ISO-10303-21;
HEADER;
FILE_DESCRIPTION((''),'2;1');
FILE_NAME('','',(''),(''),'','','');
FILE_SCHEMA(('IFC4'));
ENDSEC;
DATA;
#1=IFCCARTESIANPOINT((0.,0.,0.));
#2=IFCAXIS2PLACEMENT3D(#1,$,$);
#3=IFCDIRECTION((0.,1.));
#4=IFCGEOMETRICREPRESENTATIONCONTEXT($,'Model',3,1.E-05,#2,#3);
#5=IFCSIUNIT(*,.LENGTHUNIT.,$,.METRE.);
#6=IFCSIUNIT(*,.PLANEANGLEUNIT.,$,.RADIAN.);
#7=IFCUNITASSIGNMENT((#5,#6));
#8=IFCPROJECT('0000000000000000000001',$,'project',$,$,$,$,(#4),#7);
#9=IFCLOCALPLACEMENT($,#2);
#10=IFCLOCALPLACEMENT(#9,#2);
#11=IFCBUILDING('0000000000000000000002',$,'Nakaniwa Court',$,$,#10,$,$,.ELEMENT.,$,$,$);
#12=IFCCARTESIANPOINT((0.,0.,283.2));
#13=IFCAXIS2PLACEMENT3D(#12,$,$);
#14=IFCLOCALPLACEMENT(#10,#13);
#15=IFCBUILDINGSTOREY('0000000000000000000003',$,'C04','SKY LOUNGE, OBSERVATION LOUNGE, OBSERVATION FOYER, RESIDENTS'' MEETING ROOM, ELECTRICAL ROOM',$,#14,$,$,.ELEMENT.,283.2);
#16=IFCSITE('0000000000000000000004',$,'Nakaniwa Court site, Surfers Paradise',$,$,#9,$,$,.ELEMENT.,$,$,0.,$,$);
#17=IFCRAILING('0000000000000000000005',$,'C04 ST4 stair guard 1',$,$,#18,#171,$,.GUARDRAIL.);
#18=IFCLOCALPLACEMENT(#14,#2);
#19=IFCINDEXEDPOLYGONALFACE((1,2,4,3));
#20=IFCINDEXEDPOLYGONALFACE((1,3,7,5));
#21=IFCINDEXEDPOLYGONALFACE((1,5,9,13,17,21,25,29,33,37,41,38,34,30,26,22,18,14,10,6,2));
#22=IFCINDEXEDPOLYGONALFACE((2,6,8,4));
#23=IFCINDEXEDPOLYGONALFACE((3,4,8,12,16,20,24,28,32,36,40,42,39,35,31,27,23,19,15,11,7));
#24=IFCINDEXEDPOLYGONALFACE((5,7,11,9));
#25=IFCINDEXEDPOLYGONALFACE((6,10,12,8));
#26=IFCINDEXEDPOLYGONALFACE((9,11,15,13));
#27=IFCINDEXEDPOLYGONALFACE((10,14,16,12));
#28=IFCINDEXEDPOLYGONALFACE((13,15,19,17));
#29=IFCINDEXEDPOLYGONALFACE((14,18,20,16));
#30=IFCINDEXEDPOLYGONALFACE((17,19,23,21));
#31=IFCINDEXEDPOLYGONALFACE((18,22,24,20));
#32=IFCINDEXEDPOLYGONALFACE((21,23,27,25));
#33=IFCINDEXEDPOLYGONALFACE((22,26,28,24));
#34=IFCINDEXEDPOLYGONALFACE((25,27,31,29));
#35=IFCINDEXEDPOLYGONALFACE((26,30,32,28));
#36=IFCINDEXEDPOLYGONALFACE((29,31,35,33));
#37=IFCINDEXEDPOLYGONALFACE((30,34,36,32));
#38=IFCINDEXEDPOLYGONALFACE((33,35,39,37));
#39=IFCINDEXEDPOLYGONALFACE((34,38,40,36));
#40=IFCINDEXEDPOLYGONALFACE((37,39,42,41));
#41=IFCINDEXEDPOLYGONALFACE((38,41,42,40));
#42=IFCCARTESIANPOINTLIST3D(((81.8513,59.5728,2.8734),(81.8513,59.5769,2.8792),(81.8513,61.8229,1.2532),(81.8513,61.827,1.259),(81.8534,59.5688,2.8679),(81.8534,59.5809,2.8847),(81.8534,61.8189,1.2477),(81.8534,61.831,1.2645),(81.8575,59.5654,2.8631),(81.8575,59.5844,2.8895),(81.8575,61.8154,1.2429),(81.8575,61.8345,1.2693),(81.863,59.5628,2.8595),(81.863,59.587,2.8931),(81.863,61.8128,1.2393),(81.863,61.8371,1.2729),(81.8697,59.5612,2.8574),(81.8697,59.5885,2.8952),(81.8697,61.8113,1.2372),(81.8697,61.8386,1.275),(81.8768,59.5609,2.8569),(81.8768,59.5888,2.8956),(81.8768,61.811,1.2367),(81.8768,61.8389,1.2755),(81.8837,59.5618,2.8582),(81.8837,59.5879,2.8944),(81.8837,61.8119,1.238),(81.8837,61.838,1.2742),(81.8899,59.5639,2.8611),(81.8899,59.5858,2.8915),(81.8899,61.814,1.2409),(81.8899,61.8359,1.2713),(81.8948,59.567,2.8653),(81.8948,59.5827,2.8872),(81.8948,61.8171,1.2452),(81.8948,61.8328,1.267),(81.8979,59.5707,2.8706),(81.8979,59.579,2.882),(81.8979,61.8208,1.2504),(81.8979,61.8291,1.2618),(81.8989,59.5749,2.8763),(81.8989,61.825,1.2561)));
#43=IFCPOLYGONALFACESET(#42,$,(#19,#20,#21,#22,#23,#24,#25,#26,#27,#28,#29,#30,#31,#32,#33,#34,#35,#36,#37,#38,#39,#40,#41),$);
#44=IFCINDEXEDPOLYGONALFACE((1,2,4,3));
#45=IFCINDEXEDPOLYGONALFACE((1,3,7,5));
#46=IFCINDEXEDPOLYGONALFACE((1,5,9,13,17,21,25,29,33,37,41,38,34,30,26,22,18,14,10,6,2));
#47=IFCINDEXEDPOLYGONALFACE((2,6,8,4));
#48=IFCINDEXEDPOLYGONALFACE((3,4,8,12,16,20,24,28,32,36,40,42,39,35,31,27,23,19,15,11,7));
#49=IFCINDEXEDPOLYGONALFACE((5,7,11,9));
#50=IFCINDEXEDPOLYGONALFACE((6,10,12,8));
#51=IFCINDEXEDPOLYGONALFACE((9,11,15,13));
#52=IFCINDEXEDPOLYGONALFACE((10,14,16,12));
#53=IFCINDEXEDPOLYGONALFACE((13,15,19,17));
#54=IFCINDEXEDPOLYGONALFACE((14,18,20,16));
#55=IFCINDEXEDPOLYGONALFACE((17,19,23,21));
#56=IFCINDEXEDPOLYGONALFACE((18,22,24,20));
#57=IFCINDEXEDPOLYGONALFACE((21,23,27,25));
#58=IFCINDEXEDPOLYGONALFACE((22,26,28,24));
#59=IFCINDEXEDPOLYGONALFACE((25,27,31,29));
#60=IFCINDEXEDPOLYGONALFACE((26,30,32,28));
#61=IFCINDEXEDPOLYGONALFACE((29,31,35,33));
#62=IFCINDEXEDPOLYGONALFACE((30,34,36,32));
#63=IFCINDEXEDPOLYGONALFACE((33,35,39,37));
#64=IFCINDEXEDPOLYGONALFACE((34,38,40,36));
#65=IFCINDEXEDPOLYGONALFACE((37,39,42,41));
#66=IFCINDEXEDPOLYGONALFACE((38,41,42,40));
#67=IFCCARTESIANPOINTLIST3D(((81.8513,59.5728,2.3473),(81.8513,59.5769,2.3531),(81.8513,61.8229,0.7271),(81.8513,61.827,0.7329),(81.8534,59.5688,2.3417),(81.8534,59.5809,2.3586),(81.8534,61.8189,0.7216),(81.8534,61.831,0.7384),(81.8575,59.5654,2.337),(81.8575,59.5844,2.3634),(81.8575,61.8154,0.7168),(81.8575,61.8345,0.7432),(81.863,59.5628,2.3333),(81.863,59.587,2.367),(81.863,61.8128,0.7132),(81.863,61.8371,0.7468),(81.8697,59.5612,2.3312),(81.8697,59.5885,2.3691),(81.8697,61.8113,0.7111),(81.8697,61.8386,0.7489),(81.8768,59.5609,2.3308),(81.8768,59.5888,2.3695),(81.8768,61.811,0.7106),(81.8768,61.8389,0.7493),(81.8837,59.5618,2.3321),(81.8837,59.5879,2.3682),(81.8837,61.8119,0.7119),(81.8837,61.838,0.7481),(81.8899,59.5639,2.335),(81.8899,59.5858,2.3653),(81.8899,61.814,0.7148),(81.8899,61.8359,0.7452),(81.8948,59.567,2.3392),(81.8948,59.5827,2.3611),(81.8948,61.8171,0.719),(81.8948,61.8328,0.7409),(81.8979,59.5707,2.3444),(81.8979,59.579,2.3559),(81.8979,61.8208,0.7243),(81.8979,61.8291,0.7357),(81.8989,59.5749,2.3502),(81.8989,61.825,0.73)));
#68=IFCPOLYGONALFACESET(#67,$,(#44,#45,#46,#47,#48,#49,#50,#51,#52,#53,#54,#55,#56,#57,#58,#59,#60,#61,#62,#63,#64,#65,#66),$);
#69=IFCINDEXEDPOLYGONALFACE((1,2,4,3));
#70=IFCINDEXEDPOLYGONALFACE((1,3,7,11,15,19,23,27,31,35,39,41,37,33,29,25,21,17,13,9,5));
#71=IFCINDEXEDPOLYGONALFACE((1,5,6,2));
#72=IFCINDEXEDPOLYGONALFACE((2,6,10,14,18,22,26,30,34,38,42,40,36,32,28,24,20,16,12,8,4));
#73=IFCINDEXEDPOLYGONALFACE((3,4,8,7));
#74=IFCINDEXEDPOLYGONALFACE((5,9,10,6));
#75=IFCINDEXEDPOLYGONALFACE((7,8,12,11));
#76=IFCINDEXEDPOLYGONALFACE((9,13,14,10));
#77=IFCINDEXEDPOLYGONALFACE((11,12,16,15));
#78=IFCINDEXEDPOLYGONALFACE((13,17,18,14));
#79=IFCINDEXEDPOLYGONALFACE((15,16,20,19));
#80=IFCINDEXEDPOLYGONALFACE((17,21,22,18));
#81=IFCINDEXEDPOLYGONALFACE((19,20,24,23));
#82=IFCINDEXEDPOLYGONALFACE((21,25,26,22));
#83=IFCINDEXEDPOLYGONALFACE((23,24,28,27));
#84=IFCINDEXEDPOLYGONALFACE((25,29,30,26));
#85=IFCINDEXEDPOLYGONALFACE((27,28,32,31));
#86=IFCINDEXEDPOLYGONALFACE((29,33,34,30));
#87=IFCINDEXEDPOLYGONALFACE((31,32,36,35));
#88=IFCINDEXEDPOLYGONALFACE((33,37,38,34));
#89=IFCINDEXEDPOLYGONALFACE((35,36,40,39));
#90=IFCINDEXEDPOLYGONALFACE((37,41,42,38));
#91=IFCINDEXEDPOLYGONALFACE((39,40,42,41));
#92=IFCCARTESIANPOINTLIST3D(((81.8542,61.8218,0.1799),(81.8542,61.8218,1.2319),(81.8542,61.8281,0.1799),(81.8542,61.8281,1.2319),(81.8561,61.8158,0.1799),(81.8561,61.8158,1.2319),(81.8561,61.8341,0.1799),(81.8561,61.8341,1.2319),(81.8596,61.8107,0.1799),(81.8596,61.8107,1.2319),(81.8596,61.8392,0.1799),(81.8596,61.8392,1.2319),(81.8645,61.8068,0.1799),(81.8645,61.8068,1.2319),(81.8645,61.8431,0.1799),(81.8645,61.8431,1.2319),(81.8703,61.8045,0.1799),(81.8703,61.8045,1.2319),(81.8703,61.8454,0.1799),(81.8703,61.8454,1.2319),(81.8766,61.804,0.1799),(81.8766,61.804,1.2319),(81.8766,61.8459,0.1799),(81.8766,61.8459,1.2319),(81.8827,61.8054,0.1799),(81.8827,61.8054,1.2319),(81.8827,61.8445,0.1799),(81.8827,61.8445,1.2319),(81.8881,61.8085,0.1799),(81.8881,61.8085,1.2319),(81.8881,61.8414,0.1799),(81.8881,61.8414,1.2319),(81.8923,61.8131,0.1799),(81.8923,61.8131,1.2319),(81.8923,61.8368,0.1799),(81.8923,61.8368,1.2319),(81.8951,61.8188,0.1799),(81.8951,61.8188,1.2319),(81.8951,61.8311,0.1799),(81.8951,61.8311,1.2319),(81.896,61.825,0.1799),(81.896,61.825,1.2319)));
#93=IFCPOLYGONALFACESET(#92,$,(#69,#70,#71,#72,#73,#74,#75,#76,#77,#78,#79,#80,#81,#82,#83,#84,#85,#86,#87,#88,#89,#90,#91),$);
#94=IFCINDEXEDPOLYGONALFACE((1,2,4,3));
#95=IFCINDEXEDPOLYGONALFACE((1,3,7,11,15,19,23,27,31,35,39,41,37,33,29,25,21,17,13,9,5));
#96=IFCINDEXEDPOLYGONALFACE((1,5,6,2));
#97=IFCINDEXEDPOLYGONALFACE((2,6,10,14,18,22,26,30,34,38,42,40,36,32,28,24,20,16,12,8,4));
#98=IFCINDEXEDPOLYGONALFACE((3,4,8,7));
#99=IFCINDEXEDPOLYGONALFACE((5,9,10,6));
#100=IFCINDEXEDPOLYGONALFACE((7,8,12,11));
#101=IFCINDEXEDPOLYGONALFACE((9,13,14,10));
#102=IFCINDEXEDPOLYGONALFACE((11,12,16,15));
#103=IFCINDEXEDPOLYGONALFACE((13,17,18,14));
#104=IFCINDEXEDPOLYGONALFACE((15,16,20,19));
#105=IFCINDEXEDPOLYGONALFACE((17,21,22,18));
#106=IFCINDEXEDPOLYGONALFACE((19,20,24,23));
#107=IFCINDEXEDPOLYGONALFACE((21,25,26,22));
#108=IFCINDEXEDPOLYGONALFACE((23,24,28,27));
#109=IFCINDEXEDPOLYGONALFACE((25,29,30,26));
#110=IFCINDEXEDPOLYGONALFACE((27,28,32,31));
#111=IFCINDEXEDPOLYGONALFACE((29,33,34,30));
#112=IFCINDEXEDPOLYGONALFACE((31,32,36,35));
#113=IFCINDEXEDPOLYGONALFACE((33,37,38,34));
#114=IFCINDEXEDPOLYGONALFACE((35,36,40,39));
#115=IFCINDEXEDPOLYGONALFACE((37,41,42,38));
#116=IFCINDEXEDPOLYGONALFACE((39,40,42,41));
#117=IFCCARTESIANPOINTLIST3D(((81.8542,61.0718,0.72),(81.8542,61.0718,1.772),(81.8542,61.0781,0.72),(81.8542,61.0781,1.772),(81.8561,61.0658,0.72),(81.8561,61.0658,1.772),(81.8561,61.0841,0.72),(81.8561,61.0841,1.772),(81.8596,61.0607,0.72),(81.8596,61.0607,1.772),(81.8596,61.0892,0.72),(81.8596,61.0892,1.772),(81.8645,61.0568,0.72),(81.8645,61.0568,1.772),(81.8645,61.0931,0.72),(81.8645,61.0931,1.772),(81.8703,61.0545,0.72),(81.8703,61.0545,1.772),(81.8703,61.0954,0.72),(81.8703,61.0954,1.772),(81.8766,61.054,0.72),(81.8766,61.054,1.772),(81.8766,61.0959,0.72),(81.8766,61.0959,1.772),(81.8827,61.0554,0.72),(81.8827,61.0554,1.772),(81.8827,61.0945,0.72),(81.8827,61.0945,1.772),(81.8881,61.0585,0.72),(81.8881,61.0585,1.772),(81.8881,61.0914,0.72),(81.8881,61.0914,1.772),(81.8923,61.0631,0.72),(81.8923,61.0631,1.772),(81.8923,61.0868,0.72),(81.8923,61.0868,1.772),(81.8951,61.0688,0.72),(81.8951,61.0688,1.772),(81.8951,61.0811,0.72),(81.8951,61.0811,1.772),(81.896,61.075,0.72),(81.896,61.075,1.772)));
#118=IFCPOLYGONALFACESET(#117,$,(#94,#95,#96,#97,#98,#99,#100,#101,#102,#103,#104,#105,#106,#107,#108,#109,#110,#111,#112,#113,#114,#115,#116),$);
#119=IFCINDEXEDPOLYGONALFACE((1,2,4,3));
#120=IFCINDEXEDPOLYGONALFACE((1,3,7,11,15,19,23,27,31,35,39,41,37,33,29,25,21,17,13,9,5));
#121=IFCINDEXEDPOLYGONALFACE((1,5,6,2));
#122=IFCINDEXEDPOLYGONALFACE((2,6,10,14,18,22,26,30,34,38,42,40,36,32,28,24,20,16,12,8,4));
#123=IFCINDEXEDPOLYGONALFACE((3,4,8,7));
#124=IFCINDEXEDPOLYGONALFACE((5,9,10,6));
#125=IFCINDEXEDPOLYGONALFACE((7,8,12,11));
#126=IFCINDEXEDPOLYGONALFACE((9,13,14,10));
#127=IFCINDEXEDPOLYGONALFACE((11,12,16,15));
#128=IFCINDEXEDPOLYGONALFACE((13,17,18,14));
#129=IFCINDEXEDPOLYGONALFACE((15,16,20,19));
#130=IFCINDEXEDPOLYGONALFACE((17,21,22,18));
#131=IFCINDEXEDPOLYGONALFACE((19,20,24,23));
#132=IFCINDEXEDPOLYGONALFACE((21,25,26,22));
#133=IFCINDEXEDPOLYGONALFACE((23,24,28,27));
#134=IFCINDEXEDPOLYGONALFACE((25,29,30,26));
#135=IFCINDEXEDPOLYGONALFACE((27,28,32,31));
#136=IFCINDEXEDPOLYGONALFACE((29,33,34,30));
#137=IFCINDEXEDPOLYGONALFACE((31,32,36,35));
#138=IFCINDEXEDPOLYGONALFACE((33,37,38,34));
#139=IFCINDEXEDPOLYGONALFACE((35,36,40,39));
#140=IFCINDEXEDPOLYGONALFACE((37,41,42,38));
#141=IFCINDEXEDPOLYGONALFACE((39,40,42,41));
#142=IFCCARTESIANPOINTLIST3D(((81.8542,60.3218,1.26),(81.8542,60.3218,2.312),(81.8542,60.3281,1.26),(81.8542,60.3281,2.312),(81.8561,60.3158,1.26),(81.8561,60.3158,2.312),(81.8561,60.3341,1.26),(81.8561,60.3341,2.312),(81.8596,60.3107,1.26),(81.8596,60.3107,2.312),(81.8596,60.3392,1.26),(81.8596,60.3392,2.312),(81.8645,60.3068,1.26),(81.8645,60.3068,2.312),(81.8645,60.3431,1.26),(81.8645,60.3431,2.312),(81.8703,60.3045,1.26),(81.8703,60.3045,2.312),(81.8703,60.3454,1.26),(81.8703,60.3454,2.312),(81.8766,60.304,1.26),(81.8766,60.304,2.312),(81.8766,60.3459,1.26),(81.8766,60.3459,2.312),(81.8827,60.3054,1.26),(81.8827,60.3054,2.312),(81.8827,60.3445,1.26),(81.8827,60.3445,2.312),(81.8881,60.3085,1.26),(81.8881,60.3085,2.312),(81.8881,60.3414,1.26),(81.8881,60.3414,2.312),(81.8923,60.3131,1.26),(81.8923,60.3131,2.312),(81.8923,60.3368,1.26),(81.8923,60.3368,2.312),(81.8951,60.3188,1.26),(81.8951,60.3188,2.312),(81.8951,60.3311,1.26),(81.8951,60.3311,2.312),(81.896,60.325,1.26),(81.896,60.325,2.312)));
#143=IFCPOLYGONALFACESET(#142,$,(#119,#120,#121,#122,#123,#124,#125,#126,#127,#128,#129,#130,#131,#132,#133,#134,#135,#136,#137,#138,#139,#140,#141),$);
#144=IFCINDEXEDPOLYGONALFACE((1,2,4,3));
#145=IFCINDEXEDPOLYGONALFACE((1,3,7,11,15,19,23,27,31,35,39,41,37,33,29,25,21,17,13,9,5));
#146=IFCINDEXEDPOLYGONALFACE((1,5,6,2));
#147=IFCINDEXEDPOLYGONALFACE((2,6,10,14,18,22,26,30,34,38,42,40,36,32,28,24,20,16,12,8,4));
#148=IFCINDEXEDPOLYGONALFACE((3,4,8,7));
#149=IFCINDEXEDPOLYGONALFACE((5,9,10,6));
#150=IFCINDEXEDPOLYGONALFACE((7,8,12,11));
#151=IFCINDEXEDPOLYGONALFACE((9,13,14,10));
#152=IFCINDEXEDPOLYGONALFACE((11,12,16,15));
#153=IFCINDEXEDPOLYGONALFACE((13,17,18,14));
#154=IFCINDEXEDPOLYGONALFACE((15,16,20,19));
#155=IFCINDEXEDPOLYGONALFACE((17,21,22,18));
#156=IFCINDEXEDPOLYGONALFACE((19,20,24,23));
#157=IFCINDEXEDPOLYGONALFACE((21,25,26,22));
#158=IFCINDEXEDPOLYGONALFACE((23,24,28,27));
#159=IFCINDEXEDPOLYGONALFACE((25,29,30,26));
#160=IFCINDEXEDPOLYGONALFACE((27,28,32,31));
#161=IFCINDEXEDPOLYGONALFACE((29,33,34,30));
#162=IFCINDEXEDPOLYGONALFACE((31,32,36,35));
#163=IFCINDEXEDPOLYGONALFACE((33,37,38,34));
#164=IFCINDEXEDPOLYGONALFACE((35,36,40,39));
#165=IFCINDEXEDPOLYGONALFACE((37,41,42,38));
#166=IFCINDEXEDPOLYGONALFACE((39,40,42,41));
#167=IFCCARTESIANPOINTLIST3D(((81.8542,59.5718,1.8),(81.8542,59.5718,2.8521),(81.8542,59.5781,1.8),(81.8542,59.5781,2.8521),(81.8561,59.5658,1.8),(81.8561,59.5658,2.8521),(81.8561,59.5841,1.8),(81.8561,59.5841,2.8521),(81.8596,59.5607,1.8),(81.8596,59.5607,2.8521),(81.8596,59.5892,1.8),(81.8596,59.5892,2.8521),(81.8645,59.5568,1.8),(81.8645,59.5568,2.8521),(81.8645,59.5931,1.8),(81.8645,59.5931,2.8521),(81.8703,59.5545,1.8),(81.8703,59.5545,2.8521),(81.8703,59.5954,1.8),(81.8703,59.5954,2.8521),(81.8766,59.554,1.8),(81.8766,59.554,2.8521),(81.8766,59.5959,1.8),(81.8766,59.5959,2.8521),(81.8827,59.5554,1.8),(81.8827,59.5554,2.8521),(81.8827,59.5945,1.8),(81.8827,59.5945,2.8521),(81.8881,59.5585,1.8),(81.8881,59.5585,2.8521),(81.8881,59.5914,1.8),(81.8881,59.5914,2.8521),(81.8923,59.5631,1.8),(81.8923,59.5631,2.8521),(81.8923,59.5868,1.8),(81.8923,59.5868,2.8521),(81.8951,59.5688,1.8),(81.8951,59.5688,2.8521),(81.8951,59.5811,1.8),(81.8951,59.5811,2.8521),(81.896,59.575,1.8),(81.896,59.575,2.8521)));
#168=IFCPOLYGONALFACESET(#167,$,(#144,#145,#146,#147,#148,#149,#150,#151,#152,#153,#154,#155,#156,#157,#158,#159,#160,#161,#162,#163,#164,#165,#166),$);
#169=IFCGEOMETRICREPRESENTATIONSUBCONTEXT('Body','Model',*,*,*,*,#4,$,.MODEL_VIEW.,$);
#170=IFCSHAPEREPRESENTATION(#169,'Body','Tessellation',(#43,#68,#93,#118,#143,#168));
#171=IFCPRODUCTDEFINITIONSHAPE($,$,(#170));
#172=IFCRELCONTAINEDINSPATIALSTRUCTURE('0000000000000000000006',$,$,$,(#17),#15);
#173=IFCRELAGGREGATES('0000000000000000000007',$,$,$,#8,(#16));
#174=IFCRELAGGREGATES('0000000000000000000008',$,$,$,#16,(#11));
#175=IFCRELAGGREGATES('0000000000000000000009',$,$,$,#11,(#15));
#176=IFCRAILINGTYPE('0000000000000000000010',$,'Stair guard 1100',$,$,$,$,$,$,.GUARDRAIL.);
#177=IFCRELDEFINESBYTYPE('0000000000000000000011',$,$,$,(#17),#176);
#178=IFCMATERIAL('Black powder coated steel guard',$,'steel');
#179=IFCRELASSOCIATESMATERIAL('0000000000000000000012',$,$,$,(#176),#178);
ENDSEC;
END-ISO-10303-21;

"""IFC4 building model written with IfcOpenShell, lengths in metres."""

from ifc_helpers import new_model, si_unit, direction, frame, origin, origin_2d, place, context, subcontext, project, spatial, circle, extrude, material, type_object, element, save


model = new_model("IFC4")

# Units and contexts
model_context = context("Model", 3, precision=1e-05, world=origin(), true_north=direction((0.0, 1.0)))
body_context = subcontext(model_context, "Body", "Model", "MODEL_VIEW")
ifc_project = project(units=[si_unit("LENGTHUNIT", "METRE"), si_unit("PLANEANGLEUNIT", "RADIAN")], contexts=[model_context])

# Site, building, storey
site_placement = place(None, origin())
site = spatial("IfcSite", under=ifc_project, at=site_placement, Name="Nakaniwa Court site, Surfers Paradise", CompositionType="ELEMENT", RefElevation=0.0)
building_placement = place(site_placement, origin())
building = spatial("IfcBuilding", under=site, at=building_placement, Name="Nakaniwa Court", CompositionType="ELEMENT")
storey_placement = place(building_placement, frame((0.0, 0.0, 283.2)))
storey = spatial("IfcBuildingStorey", under=building, at=storey_placement, Name="C04", Description="SKY LOUNGE, OBSERVATION LOUNGE, OBSERVATION FOYER, RESIDENTS' MEETING ROOM, ELECTRICAL ROOM", CompositionType="ELEMENT", Elevation=283.2)

# Railing
ifc_material_1 = material(Name="Black powder coated steel guard", Category="steel")
railing_type_1 = type_object("IfcRailingType", Name="Stair guard 1100", PredefinedType="GUARDRAIL", material=ifc_material_1)
railing_1_placement = place(storey_placement, frame((81.875, 61.825, 0.1799)))
element("IfcRailing", 1, at=railing_1_placement, inside=storey, type_object=railing_type_1, Name="C04 ST4 stair guard 1", PredefinedType="GUARDRAIL", context=body_context, shape_type="SweptSolid", body=[
    extrude(circle(Radius=0.0239, at=origin_2d()), frame((0.0, 0.0, 1.0762), z_axis=(0.0, -0.811514, 0.584333), x_axis=(1.0, 0.0, 0.0)), (0.0, 0.0, 1.0), 2.7727),
    extrude(circle(Radius=0.0239, at=origin_2d()), frame((0.0, 0.0, 0.55), z_axis=(0.0, -0.811514, 0.584333), x_axis=(1.0, 0.0, 0.0)), (0.0, 0.0, 1.0), 2.7727),
    extrude(circle(Radius=0.021, at=origin_2d()), origin(), (0.0, 0.0, 1.0), 1.052),
    extrude(circle(Radius=0.021, at=origin_2d()), frame((0.0, -0.75, 0.54)), (0.0, 0.0, 1.0), 1.052),
    extrude(circle(Radius=0.021, at=origin_2d()), frame((0.0, -1.5, 1.0801)), (0.0, 0.0, 1.0), 1.052),
    extrude(circle(Radius=0.021, at=origin_2d()), frame((0.0, -2.25, 1.6201)), (0.0, 0.0, 1.0), 1.052),
])

save(model, "model.ifc")
